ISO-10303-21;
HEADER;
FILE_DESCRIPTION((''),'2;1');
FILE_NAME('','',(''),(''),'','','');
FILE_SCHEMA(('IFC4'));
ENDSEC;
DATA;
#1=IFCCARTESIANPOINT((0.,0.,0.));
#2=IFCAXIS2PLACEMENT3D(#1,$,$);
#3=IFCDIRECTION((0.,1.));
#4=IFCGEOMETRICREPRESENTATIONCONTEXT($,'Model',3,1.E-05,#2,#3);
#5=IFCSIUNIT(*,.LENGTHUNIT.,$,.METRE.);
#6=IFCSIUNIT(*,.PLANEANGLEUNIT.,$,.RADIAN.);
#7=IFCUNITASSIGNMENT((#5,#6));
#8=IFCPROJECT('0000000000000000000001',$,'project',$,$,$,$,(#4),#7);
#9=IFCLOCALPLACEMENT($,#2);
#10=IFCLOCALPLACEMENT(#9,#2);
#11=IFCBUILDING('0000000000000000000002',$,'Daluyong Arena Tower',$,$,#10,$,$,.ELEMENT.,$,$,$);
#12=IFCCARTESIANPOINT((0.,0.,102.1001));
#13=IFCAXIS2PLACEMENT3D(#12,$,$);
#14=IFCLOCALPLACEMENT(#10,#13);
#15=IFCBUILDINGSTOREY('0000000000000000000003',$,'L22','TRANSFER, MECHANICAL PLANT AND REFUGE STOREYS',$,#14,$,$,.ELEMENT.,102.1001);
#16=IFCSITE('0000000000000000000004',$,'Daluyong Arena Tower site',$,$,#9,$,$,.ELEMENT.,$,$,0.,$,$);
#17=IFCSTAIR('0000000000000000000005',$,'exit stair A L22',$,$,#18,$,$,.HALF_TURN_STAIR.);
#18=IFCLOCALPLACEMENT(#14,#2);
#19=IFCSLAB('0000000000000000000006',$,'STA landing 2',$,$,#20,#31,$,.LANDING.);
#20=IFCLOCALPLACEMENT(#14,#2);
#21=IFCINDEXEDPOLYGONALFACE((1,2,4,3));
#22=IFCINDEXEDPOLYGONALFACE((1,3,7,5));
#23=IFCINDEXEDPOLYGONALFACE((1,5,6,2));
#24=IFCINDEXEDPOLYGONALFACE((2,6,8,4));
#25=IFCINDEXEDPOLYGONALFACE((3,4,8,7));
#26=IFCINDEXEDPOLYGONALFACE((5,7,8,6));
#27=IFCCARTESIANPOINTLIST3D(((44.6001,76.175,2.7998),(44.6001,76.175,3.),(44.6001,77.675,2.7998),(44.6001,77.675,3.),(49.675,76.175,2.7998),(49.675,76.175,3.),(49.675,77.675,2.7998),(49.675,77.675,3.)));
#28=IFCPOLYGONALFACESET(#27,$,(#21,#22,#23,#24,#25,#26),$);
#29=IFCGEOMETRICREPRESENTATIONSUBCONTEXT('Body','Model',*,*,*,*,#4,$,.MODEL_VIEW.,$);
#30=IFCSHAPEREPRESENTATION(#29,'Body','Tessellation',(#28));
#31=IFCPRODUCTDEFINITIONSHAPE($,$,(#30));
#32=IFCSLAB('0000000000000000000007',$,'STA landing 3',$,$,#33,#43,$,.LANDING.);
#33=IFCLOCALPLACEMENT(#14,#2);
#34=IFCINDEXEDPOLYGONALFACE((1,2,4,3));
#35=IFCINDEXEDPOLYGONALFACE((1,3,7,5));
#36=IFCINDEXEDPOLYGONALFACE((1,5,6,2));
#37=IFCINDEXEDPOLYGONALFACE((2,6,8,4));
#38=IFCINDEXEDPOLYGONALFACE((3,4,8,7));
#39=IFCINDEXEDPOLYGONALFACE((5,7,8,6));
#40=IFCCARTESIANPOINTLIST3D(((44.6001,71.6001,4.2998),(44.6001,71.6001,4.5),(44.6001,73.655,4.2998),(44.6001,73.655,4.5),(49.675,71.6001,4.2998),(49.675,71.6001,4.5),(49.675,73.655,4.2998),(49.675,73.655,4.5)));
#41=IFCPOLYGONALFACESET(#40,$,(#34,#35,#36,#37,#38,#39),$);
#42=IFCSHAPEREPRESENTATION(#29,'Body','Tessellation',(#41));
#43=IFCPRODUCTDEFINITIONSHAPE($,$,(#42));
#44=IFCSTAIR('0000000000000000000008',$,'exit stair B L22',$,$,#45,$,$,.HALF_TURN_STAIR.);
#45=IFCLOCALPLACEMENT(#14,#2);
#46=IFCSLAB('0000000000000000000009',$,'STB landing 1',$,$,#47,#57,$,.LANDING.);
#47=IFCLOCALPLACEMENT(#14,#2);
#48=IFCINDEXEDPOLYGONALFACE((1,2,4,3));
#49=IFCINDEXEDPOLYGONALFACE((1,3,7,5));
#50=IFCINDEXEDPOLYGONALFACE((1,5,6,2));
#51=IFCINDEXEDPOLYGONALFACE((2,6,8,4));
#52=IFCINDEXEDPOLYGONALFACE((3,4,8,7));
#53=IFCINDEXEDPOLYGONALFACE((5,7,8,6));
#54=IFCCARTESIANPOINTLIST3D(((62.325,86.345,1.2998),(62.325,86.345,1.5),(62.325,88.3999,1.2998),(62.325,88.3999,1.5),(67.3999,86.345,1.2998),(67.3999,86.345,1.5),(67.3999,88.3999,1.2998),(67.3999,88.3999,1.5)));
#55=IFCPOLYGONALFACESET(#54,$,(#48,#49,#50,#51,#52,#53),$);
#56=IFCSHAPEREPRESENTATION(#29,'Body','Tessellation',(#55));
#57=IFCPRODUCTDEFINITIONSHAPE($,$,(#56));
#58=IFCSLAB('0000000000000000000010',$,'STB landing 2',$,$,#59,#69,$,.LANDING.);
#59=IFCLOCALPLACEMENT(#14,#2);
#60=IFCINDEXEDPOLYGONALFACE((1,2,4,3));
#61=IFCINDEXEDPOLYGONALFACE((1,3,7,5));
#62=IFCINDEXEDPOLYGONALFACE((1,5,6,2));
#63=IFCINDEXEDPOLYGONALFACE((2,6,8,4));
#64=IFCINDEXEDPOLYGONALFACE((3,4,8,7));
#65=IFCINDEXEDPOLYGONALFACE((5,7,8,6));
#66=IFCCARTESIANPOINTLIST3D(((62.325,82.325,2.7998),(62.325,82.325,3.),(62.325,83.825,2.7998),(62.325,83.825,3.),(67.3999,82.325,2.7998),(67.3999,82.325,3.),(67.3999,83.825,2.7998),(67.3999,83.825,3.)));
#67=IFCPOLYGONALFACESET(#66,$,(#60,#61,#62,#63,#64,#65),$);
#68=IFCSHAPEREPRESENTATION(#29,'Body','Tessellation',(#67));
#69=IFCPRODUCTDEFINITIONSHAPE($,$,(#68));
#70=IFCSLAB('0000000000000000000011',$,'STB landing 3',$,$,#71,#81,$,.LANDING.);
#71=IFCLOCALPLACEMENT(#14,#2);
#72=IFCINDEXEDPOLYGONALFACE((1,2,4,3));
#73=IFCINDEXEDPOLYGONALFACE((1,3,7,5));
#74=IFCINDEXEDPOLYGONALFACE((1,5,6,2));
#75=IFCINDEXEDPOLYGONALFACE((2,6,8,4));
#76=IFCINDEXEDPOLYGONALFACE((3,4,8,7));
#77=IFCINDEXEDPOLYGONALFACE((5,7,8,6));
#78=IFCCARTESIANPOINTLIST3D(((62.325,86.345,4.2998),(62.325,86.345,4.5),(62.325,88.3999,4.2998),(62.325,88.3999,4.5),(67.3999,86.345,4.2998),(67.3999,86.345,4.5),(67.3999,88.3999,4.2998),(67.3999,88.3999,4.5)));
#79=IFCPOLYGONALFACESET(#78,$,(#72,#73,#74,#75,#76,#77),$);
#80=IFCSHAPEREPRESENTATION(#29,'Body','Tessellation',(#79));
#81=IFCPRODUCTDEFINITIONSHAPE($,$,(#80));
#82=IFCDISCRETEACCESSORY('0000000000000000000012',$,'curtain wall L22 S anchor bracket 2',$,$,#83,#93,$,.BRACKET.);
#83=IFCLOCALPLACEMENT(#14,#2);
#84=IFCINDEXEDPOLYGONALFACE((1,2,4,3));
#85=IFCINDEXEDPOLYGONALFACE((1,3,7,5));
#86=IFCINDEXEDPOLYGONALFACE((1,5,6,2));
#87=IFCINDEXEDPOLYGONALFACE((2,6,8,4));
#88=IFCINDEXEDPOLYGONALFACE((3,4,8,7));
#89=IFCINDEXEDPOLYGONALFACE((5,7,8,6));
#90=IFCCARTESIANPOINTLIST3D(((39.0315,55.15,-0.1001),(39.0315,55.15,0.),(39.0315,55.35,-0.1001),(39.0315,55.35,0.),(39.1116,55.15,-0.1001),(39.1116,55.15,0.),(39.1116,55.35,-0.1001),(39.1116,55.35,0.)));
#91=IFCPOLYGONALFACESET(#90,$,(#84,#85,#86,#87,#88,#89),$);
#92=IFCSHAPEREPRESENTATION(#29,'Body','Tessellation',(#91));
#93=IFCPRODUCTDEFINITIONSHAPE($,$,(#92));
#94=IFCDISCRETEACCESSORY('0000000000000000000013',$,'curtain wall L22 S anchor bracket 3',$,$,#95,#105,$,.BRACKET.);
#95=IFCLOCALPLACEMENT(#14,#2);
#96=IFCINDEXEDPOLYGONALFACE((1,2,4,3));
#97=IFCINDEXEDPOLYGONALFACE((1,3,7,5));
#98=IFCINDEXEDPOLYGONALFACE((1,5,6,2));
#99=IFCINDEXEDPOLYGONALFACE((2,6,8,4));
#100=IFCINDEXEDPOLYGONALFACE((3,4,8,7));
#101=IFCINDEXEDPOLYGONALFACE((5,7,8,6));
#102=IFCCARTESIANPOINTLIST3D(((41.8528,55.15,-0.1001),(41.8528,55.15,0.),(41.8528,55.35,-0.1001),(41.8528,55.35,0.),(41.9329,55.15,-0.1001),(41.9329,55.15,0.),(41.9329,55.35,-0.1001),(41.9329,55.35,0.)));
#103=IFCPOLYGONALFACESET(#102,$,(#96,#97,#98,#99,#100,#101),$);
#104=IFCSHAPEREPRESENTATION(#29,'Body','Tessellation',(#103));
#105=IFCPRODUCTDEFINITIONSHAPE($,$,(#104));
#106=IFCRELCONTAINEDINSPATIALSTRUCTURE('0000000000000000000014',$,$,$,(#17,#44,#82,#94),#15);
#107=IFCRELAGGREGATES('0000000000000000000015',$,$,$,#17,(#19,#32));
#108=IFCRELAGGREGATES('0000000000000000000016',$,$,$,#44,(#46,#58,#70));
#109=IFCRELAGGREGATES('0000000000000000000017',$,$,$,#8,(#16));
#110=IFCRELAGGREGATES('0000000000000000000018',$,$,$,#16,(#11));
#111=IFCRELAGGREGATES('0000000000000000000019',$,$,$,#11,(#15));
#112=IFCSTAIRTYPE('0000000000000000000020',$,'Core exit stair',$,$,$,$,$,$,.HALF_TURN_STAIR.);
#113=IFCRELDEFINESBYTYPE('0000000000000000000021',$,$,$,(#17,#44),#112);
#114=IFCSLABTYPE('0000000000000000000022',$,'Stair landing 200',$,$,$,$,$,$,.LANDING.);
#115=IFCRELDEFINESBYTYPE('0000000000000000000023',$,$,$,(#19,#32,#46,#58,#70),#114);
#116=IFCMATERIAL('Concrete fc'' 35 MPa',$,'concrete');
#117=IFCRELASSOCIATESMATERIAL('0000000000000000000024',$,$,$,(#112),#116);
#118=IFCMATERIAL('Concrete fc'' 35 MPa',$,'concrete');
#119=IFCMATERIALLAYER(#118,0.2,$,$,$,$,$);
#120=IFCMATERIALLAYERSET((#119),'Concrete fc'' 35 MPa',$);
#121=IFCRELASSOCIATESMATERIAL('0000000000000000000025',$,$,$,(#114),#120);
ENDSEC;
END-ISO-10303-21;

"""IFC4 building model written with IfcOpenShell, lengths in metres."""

from ifc_helpers import new_model, si_unit, direction, frame, origin, origin_2d, place, context, subcontext, project, spatial, polyline, rectangle, outline, extrude, material, layer, layer_set, type_object, element, aggregate, save


model = new_model("IFC4")

# Units and contexts
model_context = context("Model", 3, precision=1e-05, world=origin(), true_north=direction((0.0, 1.0)))
body_context = subcontext(model_context, "Body", "Model", "MODEL_VIEW")
ifc_project = project(units=[si_unit("LENGTHUNIT", "METRE"), si_unit("PLANEANGLEUNIT", "RADIAN")], contexts=[model_context])

# Site, building, storey
site_placement = place(None, origin())
site = spatial("IfcSite", under=ifc_project, at=site_placement, Name="Daluyong Arena Tower site", CompositionType="ELEMENT", RefElevation=0.0)
building_placement = place(site_placement, origin())
building = spatial("IfcBuilding", under=site, at=building_placement, Name="Daluyong Arena Tower", CompositionType="ELEMENT")
storey_placement = place(building_placement, frame((0.0, 0.0, 102.1001)))
storey = spatial("IfcBuildingStorey", under=building, at=storey_placement, Name="L22", Description="TRANSFER, MECHANICAL PLANT AND REFUGE STOREYS", CompositionType="ELEMENT", Elevation=102.1001)

# Stairs, slabs
ifc_material_1 = material(Name="Concrete fc' 35 MPa", Category="concrete")
stair_type = type_object("IfcStairType", Name="Core exit stair", PredefinedType="HALF_TURN_STAIR", material=ifc_material_1)
stair_1_placement = place(storey_placement, origin())
stair_1 = element("IfcStair", 1, at=stair_1_placement, inside=storey, type_object=stair_type, Name="exit stair A L22", PredefinedType="HALF_TURN_STAIR")
ifc_material_2 = material(Name="Concrete fc' 35 MPa", Category="concrete")
ifc_layer_1 = layer(ifc_material_2, 0.2)
ifc_layer_set_1 = layer_set([ifc_layer_1], Name="Concrete fc' 35 MPa")
slab_type_1 = type_object("IfcSlabType", Name="Stair landing 200", PredefinedType="LANDING", material=ifc_layer_set_1)
slab_1_placement = place(storey_placement, frame((0.0, 0.0, 2.7998)))
slab_1 = element("IfcSlab", 2, at=slab_1_placement, type_object=slab_type_1, Name="STA landing 2", PredefinedType="LANDING", context=body_context, shape_type="SweptSolid", body=[
    extrude(outline(polyline([(44.6001, 76.175), (49.675, 76.175), (49.675, 77.675), (44.6001, 77.675), (44.6001, 76.175)])), origin(), (0.0, 0.0, 1.0), 0.2002),
])
slab_2_placement = place(storey_placement, frame((0.0, 0.0, 4.2998)))
slab_2 = element("IfcSlab", 3, at=slab_2_placement, type_object=slab_type_1, Name="STA landing 3", PredefinedType="LANDING", context=body_context, shape_type="SweptSolid", body=[
    extrude(outline(polyline([(44.6001, 71.6001), (49.675, 71.6001), (49.675, 73.655), (44.6001, 73.655), (44.6001, 71.6001)])), origin(), (0.0, 0.0, 1.0), 0.2002),
])
aggregate(stair_1, [slab_1, slab_2])
stair_2_placement = place(storey_placement, origin())
stair_2 = element("IfcStair", 4, at=stair_2_placement, inside=storey, type_object=stair_type, Name="exit stair B L22", PredefinedType="HALF_TURN_STAIR")
slab_3_placement = place(storey_placement, frame((0.0, 0.0, 1.2998)))
slab_3 = element("IfcSlab", 5, at=slab_3_placement, type_object=slab_type_1, Name="STB landing 1", PredefinedType="LANDING", context=body_context, shape_type="SweptSolid", body=[
    extrude(outline(polyline([(62.325, 86.345), (67.3999, 86.345), (67.3999, 88.3999), (62.325, 88.3999), (62.325, 86.345)])), origin(), (0.0, 0.0, 1.0), 0.2002),
])
slab_4_placement = place(storey_placement, frame((0.0, 0.0, 2.7998)))
slab_4 = element("IfcSlab", 6, at=slab_4_placement, type_object=slab_type_1, Name="STB landing 2", PredefinedType="LANDING", context=body_context, shape_type="SweptSolid", body=[
    extrude(outline(polyline([(62.325, 82.325), (67.3999, 82.325), (67.3999, 83.825), (62.325, 83.825), (62.325, 82.325)])), origin(), (0.0, 0.0, 1.0), 0.2002),
])
slab_5_placement = place(storey_placement, frame((0.0, 0.0, 4.2998)))
slab_5 = element("IfcSlab", 7, at=slab_5_placement, type_object=slab_type_1, Name="STB landing 3", PredefinedType="LANDING", context=body_context, shape_type="SweptSolid", body=[
    extrude(outline(polyline([(62.325, 86.345), (67.3999, 86.345), (67.3999, 88.3999), (62.325, 88.3999), (62.325, 86.345)])), origin(), (0.0, 0.0, 1.0), 0.2002),
])
aggregate(stair_2, [slab_3, slab_4, slab_5])

# Discrete accessories
for number, where, z_axis, x_axis, name in (
    (8, (39.0715, 55.25, -0.1001), (0.0, 0.0, 1.0), (1.0, 0.0, 0.0), "curtain wall L22 S anchor bracket 2"),
    (9, (41.8928, 55.25, -0.1001), (0.0, 0.0, 1.0), (1.0, 0.0, 0.0), "curtain wall L22 S anchor bracket 3"),
):
    element("IfcDiscreteAccessory", number, at=place(storey_placement, frame(where, z_axis=z_axis, x_axis=x_axis)), inside=storey, Name=name, PredefinedType="BRACKET", context=body_context, shape_type="SweptSolid", body=[
        extrude(rectangle(XDim=0.0801, YDim=0.2, at=origin_2d()), origin(), (0.0, 0.0, 1.0), 0.1001),
    ])

save(model, "model.ifc")
